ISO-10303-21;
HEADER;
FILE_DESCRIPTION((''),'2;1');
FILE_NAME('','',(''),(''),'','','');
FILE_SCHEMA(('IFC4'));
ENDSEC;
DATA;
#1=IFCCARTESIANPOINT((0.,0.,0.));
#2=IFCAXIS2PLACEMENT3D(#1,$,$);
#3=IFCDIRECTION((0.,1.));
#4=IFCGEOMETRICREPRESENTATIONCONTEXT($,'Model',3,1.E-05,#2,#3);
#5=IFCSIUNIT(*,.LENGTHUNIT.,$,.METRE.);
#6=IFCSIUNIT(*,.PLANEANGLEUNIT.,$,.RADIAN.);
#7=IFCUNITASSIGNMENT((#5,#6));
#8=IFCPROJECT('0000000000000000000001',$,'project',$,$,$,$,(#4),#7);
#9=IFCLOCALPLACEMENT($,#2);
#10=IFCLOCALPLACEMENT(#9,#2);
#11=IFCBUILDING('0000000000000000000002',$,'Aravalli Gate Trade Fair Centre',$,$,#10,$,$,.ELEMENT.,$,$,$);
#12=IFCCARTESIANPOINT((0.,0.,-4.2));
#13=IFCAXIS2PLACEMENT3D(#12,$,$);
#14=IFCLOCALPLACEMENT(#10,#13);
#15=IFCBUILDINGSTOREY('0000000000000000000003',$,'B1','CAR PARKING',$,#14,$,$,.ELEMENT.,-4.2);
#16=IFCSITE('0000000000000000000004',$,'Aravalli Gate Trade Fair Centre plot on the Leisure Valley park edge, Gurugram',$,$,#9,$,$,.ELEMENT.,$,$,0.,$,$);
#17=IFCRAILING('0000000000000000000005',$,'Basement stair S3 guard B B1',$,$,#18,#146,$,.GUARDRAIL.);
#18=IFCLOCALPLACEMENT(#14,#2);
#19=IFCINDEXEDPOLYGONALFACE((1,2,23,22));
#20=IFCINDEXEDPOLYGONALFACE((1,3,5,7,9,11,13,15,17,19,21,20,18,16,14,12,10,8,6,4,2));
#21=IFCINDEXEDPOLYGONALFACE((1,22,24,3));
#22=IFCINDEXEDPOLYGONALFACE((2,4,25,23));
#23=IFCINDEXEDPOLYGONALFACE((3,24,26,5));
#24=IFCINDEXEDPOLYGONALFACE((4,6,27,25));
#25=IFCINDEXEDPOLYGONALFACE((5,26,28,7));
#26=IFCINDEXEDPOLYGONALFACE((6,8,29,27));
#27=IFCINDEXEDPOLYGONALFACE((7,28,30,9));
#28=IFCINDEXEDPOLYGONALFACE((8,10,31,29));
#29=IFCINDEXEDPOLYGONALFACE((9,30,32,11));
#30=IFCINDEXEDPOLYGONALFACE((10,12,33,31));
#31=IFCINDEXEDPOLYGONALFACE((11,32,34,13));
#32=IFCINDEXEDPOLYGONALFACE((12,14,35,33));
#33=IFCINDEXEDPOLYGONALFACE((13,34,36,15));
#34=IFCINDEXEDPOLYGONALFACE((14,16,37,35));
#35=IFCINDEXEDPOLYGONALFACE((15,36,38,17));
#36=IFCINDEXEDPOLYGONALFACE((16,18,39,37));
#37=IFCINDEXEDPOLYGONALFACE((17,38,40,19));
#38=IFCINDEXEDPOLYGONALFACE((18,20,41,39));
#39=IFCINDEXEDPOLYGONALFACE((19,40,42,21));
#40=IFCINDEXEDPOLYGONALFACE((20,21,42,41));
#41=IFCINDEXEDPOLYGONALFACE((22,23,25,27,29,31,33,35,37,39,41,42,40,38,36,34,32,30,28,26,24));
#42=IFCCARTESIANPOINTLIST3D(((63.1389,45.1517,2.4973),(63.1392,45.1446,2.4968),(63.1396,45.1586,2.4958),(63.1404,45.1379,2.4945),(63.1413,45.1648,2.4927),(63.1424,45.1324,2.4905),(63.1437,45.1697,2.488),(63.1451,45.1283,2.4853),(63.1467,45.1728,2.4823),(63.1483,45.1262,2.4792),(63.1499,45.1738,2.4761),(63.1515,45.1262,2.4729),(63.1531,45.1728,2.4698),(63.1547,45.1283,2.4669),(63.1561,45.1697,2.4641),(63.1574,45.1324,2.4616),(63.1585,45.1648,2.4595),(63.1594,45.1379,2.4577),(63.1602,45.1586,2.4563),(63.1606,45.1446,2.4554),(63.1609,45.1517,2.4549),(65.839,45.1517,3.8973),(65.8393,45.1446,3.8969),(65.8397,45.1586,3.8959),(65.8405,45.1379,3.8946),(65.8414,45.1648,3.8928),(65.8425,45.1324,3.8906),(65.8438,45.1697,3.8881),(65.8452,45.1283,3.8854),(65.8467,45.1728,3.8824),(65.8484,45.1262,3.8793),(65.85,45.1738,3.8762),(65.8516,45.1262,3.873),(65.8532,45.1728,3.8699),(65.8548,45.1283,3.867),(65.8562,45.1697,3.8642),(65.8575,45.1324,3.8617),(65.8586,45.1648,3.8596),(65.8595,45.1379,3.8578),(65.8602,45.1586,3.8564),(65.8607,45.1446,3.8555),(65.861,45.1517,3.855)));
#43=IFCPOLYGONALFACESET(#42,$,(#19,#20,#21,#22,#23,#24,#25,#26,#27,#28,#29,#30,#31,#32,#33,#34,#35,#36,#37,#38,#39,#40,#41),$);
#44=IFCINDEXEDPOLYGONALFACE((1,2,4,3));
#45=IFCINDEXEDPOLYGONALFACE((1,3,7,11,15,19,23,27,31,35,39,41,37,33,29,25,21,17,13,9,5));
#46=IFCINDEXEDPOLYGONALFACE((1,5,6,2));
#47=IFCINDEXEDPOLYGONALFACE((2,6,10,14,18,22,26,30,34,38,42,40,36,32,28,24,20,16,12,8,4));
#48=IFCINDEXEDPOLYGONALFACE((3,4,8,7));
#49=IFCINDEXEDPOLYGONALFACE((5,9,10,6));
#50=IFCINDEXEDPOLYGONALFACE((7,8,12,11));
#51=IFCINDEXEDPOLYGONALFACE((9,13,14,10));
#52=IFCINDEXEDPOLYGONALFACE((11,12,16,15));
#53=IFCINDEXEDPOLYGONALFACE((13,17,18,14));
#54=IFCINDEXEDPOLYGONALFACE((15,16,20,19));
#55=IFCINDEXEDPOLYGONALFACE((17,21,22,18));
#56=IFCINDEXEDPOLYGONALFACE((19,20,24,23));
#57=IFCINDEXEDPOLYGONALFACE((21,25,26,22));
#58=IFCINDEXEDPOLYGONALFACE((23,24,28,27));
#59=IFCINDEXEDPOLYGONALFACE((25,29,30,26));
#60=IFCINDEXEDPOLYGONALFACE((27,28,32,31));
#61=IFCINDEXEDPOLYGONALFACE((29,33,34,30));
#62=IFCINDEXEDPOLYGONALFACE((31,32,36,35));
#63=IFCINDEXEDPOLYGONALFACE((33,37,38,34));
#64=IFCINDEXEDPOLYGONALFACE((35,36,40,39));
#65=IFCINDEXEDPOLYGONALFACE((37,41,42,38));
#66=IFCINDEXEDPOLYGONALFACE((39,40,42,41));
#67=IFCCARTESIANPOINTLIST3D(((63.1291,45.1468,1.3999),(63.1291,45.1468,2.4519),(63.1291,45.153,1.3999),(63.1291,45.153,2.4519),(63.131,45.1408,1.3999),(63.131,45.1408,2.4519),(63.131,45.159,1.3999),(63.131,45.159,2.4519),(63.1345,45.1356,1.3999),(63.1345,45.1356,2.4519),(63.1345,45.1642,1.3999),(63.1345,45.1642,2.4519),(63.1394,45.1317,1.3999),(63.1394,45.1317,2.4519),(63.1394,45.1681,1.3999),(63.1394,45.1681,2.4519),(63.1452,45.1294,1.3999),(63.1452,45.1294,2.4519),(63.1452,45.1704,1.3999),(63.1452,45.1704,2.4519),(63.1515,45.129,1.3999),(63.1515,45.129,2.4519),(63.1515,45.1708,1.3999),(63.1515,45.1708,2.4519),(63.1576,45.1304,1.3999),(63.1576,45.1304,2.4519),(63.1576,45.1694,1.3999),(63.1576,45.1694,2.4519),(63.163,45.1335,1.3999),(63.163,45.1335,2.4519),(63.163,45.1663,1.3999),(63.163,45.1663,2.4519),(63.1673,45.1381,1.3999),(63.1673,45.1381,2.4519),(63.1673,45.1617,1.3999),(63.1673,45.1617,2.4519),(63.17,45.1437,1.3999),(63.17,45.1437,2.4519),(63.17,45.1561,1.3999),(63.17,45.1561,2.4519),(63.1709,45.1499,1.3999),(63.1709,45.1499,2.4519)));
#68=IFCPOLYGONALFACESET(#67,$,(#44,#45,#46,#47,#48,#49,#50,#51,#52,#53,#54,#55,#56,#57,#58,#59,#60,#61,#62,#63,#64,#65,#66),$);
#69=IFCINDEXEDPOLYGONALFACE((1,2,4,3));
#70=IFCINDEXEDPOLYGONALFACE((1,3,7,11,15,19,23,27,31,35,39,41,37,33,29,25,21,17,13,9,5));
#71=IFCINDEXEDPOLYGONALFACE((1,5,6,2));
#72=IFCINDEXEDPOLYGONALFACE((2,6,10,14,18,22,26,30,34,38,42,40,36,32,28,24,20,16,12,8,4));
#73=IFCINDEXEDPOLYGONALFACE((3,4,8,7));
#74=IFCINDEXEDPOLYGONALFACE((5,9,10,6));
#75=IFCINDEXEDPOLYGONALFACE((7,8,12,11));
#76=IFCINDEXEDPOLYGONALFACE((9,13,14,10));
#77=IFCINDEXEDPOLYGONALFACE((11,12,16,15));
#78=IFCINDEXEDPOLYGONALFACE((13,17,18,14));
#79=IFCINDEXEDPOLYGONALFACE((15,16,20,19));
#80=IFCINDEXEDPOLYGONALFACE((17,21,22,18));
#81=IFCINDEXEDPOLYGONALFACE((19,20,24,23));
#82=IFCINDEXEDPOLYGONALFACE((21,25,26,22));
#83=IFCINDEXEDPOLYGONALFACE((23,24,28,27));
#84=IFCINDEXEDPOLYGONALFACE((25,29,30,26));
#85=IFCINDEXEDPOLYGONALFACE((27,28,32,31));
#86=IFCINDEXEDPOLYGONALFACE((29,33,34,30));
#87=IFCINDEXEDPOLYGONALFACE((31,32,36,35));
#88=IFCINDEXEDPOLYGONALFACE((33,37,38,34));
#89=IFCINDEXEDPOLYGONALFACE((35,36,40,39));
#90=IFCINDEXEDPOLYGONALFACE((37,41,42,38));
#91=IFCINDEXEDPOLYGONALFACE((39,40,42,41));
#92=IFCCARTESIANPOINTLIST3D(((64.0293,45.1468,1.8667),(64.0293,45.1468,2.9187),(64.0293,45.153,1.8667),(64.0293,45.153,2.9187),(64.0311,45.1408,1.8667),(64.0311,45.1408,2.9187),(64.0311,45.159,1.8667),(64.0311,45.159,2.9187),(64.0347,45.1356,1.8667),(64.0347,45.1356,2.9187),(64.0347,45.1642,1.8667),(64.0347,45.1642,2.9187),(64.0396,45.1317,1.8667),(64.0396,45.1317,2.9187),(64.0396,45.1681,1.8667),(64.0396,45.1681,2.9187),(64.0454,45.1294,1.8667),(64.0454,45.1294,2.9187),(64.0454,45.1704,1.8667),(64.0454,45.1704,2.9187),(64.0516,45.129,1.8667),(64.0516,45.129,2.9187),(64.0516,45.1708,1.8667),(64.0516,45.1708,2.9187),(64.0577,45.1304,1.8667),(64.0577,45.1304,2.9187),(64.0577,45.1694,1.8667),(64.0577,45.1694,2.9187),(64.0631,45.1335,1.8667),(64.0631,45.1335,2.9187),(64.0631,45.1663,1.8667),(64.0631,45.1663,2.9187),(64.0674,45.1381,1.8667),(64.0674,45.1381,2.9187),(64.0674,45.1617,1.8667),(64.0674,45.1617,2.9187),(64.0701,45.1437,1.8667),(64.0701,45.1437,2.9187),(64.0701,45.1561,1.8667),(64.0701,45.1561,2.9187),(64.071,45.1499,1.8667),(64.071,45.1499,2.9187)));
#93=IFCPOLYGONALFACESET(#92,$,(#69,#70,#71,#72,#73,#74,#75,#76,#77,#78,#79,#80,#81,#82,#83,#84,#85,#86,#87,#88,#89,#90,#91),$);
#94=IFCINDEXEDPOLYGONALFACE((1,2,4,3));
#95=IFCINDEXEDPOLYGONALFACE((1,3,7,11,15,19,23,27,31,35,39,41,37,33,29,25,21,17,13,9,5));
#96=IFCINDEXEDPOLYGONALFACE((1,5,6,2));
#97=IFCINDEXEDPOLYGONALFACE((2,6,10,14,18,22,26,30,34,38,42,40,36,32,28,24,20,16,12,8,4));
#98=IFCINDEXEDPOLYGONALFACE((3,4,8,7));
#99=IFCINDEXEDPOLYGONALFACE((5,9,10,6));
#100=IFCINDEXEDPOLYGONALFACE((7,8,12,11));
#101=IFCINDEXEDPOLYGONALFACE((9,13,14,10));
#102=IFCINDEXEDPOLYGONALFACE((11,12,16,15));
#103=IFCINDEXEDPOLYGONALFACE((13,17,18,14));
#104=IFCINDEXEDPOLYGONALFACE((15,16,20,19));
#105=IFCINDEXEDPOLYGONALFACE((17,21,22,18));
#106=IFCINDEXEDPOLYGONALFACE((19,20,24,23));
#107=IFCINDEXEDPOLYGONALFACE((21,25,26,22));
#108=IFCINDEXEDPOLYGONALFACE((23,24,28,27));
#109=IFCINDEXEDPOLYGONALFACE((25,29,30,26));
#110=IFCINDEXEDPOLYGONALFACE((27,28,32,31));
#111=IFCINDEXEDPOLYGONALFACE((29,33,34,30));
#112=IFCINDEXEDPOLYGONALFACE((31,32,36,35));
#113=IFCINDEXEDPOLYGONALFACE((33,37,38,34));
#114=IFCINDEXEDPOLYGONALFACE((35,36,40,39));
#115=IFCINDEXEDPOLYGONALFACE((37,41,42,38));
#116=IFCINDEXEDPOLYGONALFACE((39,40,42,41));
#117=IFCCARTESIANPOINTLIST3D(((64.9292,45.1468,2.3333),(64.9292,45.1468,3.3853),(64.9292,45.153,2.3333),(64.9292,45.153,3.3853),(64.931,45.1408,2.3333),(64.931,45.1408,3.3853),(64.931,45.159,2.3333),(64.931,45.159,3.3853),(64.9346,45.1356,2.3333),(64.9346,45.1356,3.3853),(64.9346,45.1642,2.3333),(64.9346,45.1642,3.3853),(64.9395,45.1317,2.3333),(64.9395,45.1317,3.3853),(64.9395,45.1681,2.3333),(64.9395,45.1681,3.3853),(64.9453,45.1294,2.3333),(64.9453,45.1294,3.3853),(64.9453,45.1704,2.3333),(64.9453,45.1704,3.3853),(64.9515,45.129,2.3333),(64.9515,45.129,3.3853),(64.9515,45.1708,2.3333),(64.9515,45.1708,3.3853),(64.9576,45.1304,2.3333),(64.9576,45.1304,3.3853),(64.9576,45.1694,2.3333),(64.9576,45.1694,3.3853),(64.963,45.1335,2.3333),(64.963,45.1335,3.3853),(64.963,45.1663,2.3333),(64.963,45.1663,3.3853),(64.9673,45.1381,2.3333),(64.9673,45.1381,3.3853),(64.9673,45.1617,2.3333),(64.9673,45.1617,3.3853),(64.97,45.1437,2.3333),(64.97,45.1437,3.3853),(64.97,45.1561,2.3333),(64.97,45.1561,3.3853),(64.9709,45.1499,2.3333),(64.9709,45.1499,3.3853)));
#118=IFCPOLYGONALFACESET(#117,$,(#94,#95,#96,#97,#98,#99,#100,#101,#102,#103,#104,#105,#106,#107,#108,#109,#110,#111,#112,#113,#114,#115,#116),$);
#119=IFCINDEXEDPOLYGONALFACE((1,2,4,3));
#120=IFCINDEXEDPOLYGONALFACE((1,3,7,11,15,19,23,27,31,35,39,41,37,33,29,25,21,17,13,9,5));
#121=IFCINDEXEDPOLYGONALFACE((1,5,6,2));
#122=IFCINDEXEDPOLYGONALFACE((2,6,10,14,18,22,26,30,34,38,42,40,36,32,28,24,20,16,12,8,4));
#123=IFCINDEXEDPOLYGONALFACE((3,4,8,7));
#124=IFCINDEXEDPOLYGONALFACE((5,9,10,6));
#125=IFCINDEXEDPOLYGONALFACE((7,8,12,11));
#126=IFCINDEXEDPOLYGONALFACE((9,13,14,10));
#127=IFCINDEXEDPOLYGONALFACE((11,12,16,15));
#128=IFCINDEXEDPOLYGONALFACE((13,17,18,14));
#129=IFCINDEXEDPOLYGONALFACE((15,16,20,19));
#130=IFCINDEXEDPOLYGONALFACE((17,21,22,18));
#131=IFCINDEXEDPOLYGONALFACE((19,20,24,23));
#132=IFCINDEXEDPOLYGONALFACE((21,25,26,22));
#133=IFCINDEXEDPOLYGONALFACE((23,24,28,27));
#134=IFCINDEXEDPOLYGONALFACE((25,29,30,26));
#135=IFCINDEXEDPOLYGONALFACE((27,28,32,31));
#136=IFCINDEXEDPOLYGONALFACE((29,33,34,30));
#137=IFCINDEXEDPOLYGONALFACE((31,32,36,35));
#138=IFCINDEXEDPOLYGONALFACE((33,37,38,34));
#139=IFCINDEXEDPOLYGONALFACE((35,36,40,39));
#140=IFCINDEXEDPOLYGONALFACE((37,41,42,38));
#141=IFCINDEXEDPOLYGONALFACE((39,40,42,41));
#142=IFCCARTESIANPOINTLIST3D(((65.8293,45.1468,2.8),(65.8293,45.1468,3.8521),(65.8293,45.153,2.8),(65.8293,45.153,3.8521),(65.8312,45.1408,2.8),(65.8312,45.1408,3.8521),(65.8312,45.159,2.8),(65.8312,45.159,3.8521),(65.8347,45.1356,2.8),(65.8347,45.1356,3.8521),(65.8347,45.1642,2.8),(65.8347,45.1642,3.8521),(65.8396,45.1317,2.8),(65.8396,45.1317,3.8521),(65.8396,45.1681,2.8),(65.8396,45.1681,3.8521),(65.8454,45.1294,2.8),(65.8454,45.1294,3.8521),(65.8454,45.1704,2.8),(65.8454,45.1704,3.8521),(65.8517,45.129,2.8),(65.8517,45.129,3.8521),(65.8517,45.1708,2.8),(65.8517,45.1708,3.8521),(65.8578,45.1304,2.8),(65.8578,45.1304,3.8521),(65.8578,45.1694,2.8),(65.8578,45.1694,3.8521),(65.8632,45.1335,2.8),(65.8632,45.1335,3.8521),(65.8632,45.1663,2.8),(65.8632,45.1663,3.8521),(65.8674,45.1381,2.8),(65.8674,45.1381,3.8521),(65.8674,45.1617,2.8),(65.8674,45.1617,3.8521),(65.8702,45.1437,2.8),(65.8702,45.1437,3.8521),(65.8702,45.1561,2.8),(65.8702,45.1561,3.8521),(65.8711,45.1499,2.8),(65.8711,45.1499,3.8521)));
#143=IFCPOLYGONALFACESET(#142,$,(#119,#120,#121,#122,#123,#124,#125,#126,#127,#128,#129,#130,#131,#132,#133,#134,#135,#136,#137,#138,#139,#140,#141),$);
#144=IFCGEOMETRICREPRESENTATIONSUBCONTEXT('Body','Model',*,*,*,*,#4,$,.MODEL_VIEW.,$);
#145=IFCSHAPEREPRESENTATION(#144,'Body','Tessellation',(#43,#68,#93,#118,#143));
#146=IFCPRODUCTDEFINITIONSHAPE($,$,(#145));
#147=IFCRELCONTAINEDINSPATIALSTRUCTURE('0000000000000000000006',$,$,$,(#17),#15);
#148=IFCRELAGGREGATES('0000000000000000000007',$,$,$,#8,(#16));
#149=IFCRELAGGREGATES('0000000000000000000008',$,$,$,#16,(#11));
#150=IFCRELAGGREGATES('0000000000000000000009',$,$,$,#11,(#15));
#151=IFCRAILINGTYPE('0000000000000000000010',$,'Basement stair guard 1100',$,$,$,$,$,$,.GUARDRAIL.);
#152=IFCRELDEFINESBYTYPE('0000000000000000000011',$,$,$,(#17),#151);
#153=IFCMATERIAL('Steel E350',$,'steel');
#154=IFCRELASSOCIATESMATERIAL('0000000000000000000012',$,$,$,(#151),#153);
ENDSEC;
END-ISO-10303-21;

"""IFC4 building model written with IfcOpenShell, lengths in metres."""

from ifc_helpers import new_model, si_unit, direction, frame, origin, origin_2d, place, context, subcontext, project, spatial, circle, extrude, material, type_object, element, save


model = new_model("IFC4")

# Units and contexts
model_context = context("Model", 3, precision=1e-05, world=origin(), true_north=direction((0.0, 1.0)))
body_context = subcontext(model_context, "Body", "Model", "MODEL_VIEW")
ifc_project = project(units=[si_unit("LENGTHUNIT", "METRE"), si_unit("PLANEANGLEUNIT", "RADIAN")], contexts=[model_context])

# Site, building, storey
site_placement = place(None, origin())
site = spatial("IfcSite", under=ifc_project, at=site_placement, Name="Aravalli Gate Trade Fair Centre plot on the Leisure Valley park edge, Gurugram", CompositionType="ELEMENT", RefElevation=0.0)
building_placement = place(site_placement, origin())
building = spatial("IfcBuilding", under=site, at=building_placement, Name="Aravalli Gate Trade Fair Centre", CompositionType="ELEMENT")
storey_placement = place(building_placement, frame((0.0, 0.0, -4.2)))
storey = spatial("IfcBuildingStorey", under=building, at=storey_placement, Name="B1", Description="CAR PARKING", CompositionType="ELEMENT", Elevation=-4.2)

# Railing
ifc_material_1 = material(Name="Steel E350", Category="steel")
railing_type = type_object("IfcRailingType", Name="Basement stair guard 1100", PredefinedType="GUARDRAIL", material=ifc_material_1)
railing_1_placement = place(storey_placement, frame((63.1499, 45.1499, 1.3999)))
element("IfcRailing", 1, at=railing_1_placement, inside=storey, type_object=railing_type, Name="Basement stair S3 guard B B1", PredefinedType="GUARDRAIL", context=body_context, shape_type="SweptSolid", body=[
    extrude(circle(Radius=0.0239, at=origin_2d()), frame((0.0, 0.0, 1.0762), z_axis=(0.887748, 0.0, 0.460329), x_axis=(0.0, 1.0, 0.0)), (0.0, 0.0, 1.0), 3.0415),
    extrude(circle(Radius=0.021, at=origin_2d()), origin(), (0.0, 0.0, 1.0), 1.052),
    extrude(circle(Radius=0.021, at=origin_2d()), frame((0.9001, 0.0, 0.4668)), (0.0, 0.0, 1.0), 1.052),
    extrude(circle(Radius=0.021, at=origin_2d()), frame((1.8, 0.0, 0.9333)), (0.0, 0.0, 1.0), 1.052),
    extrude(circle(Radius=0.021, at=origin_2d()), frame((2.7002, 0.0, 1.4001)), (0.0, 0.0, 1.0), 1.052),
])

save(model, "model.ifc")
